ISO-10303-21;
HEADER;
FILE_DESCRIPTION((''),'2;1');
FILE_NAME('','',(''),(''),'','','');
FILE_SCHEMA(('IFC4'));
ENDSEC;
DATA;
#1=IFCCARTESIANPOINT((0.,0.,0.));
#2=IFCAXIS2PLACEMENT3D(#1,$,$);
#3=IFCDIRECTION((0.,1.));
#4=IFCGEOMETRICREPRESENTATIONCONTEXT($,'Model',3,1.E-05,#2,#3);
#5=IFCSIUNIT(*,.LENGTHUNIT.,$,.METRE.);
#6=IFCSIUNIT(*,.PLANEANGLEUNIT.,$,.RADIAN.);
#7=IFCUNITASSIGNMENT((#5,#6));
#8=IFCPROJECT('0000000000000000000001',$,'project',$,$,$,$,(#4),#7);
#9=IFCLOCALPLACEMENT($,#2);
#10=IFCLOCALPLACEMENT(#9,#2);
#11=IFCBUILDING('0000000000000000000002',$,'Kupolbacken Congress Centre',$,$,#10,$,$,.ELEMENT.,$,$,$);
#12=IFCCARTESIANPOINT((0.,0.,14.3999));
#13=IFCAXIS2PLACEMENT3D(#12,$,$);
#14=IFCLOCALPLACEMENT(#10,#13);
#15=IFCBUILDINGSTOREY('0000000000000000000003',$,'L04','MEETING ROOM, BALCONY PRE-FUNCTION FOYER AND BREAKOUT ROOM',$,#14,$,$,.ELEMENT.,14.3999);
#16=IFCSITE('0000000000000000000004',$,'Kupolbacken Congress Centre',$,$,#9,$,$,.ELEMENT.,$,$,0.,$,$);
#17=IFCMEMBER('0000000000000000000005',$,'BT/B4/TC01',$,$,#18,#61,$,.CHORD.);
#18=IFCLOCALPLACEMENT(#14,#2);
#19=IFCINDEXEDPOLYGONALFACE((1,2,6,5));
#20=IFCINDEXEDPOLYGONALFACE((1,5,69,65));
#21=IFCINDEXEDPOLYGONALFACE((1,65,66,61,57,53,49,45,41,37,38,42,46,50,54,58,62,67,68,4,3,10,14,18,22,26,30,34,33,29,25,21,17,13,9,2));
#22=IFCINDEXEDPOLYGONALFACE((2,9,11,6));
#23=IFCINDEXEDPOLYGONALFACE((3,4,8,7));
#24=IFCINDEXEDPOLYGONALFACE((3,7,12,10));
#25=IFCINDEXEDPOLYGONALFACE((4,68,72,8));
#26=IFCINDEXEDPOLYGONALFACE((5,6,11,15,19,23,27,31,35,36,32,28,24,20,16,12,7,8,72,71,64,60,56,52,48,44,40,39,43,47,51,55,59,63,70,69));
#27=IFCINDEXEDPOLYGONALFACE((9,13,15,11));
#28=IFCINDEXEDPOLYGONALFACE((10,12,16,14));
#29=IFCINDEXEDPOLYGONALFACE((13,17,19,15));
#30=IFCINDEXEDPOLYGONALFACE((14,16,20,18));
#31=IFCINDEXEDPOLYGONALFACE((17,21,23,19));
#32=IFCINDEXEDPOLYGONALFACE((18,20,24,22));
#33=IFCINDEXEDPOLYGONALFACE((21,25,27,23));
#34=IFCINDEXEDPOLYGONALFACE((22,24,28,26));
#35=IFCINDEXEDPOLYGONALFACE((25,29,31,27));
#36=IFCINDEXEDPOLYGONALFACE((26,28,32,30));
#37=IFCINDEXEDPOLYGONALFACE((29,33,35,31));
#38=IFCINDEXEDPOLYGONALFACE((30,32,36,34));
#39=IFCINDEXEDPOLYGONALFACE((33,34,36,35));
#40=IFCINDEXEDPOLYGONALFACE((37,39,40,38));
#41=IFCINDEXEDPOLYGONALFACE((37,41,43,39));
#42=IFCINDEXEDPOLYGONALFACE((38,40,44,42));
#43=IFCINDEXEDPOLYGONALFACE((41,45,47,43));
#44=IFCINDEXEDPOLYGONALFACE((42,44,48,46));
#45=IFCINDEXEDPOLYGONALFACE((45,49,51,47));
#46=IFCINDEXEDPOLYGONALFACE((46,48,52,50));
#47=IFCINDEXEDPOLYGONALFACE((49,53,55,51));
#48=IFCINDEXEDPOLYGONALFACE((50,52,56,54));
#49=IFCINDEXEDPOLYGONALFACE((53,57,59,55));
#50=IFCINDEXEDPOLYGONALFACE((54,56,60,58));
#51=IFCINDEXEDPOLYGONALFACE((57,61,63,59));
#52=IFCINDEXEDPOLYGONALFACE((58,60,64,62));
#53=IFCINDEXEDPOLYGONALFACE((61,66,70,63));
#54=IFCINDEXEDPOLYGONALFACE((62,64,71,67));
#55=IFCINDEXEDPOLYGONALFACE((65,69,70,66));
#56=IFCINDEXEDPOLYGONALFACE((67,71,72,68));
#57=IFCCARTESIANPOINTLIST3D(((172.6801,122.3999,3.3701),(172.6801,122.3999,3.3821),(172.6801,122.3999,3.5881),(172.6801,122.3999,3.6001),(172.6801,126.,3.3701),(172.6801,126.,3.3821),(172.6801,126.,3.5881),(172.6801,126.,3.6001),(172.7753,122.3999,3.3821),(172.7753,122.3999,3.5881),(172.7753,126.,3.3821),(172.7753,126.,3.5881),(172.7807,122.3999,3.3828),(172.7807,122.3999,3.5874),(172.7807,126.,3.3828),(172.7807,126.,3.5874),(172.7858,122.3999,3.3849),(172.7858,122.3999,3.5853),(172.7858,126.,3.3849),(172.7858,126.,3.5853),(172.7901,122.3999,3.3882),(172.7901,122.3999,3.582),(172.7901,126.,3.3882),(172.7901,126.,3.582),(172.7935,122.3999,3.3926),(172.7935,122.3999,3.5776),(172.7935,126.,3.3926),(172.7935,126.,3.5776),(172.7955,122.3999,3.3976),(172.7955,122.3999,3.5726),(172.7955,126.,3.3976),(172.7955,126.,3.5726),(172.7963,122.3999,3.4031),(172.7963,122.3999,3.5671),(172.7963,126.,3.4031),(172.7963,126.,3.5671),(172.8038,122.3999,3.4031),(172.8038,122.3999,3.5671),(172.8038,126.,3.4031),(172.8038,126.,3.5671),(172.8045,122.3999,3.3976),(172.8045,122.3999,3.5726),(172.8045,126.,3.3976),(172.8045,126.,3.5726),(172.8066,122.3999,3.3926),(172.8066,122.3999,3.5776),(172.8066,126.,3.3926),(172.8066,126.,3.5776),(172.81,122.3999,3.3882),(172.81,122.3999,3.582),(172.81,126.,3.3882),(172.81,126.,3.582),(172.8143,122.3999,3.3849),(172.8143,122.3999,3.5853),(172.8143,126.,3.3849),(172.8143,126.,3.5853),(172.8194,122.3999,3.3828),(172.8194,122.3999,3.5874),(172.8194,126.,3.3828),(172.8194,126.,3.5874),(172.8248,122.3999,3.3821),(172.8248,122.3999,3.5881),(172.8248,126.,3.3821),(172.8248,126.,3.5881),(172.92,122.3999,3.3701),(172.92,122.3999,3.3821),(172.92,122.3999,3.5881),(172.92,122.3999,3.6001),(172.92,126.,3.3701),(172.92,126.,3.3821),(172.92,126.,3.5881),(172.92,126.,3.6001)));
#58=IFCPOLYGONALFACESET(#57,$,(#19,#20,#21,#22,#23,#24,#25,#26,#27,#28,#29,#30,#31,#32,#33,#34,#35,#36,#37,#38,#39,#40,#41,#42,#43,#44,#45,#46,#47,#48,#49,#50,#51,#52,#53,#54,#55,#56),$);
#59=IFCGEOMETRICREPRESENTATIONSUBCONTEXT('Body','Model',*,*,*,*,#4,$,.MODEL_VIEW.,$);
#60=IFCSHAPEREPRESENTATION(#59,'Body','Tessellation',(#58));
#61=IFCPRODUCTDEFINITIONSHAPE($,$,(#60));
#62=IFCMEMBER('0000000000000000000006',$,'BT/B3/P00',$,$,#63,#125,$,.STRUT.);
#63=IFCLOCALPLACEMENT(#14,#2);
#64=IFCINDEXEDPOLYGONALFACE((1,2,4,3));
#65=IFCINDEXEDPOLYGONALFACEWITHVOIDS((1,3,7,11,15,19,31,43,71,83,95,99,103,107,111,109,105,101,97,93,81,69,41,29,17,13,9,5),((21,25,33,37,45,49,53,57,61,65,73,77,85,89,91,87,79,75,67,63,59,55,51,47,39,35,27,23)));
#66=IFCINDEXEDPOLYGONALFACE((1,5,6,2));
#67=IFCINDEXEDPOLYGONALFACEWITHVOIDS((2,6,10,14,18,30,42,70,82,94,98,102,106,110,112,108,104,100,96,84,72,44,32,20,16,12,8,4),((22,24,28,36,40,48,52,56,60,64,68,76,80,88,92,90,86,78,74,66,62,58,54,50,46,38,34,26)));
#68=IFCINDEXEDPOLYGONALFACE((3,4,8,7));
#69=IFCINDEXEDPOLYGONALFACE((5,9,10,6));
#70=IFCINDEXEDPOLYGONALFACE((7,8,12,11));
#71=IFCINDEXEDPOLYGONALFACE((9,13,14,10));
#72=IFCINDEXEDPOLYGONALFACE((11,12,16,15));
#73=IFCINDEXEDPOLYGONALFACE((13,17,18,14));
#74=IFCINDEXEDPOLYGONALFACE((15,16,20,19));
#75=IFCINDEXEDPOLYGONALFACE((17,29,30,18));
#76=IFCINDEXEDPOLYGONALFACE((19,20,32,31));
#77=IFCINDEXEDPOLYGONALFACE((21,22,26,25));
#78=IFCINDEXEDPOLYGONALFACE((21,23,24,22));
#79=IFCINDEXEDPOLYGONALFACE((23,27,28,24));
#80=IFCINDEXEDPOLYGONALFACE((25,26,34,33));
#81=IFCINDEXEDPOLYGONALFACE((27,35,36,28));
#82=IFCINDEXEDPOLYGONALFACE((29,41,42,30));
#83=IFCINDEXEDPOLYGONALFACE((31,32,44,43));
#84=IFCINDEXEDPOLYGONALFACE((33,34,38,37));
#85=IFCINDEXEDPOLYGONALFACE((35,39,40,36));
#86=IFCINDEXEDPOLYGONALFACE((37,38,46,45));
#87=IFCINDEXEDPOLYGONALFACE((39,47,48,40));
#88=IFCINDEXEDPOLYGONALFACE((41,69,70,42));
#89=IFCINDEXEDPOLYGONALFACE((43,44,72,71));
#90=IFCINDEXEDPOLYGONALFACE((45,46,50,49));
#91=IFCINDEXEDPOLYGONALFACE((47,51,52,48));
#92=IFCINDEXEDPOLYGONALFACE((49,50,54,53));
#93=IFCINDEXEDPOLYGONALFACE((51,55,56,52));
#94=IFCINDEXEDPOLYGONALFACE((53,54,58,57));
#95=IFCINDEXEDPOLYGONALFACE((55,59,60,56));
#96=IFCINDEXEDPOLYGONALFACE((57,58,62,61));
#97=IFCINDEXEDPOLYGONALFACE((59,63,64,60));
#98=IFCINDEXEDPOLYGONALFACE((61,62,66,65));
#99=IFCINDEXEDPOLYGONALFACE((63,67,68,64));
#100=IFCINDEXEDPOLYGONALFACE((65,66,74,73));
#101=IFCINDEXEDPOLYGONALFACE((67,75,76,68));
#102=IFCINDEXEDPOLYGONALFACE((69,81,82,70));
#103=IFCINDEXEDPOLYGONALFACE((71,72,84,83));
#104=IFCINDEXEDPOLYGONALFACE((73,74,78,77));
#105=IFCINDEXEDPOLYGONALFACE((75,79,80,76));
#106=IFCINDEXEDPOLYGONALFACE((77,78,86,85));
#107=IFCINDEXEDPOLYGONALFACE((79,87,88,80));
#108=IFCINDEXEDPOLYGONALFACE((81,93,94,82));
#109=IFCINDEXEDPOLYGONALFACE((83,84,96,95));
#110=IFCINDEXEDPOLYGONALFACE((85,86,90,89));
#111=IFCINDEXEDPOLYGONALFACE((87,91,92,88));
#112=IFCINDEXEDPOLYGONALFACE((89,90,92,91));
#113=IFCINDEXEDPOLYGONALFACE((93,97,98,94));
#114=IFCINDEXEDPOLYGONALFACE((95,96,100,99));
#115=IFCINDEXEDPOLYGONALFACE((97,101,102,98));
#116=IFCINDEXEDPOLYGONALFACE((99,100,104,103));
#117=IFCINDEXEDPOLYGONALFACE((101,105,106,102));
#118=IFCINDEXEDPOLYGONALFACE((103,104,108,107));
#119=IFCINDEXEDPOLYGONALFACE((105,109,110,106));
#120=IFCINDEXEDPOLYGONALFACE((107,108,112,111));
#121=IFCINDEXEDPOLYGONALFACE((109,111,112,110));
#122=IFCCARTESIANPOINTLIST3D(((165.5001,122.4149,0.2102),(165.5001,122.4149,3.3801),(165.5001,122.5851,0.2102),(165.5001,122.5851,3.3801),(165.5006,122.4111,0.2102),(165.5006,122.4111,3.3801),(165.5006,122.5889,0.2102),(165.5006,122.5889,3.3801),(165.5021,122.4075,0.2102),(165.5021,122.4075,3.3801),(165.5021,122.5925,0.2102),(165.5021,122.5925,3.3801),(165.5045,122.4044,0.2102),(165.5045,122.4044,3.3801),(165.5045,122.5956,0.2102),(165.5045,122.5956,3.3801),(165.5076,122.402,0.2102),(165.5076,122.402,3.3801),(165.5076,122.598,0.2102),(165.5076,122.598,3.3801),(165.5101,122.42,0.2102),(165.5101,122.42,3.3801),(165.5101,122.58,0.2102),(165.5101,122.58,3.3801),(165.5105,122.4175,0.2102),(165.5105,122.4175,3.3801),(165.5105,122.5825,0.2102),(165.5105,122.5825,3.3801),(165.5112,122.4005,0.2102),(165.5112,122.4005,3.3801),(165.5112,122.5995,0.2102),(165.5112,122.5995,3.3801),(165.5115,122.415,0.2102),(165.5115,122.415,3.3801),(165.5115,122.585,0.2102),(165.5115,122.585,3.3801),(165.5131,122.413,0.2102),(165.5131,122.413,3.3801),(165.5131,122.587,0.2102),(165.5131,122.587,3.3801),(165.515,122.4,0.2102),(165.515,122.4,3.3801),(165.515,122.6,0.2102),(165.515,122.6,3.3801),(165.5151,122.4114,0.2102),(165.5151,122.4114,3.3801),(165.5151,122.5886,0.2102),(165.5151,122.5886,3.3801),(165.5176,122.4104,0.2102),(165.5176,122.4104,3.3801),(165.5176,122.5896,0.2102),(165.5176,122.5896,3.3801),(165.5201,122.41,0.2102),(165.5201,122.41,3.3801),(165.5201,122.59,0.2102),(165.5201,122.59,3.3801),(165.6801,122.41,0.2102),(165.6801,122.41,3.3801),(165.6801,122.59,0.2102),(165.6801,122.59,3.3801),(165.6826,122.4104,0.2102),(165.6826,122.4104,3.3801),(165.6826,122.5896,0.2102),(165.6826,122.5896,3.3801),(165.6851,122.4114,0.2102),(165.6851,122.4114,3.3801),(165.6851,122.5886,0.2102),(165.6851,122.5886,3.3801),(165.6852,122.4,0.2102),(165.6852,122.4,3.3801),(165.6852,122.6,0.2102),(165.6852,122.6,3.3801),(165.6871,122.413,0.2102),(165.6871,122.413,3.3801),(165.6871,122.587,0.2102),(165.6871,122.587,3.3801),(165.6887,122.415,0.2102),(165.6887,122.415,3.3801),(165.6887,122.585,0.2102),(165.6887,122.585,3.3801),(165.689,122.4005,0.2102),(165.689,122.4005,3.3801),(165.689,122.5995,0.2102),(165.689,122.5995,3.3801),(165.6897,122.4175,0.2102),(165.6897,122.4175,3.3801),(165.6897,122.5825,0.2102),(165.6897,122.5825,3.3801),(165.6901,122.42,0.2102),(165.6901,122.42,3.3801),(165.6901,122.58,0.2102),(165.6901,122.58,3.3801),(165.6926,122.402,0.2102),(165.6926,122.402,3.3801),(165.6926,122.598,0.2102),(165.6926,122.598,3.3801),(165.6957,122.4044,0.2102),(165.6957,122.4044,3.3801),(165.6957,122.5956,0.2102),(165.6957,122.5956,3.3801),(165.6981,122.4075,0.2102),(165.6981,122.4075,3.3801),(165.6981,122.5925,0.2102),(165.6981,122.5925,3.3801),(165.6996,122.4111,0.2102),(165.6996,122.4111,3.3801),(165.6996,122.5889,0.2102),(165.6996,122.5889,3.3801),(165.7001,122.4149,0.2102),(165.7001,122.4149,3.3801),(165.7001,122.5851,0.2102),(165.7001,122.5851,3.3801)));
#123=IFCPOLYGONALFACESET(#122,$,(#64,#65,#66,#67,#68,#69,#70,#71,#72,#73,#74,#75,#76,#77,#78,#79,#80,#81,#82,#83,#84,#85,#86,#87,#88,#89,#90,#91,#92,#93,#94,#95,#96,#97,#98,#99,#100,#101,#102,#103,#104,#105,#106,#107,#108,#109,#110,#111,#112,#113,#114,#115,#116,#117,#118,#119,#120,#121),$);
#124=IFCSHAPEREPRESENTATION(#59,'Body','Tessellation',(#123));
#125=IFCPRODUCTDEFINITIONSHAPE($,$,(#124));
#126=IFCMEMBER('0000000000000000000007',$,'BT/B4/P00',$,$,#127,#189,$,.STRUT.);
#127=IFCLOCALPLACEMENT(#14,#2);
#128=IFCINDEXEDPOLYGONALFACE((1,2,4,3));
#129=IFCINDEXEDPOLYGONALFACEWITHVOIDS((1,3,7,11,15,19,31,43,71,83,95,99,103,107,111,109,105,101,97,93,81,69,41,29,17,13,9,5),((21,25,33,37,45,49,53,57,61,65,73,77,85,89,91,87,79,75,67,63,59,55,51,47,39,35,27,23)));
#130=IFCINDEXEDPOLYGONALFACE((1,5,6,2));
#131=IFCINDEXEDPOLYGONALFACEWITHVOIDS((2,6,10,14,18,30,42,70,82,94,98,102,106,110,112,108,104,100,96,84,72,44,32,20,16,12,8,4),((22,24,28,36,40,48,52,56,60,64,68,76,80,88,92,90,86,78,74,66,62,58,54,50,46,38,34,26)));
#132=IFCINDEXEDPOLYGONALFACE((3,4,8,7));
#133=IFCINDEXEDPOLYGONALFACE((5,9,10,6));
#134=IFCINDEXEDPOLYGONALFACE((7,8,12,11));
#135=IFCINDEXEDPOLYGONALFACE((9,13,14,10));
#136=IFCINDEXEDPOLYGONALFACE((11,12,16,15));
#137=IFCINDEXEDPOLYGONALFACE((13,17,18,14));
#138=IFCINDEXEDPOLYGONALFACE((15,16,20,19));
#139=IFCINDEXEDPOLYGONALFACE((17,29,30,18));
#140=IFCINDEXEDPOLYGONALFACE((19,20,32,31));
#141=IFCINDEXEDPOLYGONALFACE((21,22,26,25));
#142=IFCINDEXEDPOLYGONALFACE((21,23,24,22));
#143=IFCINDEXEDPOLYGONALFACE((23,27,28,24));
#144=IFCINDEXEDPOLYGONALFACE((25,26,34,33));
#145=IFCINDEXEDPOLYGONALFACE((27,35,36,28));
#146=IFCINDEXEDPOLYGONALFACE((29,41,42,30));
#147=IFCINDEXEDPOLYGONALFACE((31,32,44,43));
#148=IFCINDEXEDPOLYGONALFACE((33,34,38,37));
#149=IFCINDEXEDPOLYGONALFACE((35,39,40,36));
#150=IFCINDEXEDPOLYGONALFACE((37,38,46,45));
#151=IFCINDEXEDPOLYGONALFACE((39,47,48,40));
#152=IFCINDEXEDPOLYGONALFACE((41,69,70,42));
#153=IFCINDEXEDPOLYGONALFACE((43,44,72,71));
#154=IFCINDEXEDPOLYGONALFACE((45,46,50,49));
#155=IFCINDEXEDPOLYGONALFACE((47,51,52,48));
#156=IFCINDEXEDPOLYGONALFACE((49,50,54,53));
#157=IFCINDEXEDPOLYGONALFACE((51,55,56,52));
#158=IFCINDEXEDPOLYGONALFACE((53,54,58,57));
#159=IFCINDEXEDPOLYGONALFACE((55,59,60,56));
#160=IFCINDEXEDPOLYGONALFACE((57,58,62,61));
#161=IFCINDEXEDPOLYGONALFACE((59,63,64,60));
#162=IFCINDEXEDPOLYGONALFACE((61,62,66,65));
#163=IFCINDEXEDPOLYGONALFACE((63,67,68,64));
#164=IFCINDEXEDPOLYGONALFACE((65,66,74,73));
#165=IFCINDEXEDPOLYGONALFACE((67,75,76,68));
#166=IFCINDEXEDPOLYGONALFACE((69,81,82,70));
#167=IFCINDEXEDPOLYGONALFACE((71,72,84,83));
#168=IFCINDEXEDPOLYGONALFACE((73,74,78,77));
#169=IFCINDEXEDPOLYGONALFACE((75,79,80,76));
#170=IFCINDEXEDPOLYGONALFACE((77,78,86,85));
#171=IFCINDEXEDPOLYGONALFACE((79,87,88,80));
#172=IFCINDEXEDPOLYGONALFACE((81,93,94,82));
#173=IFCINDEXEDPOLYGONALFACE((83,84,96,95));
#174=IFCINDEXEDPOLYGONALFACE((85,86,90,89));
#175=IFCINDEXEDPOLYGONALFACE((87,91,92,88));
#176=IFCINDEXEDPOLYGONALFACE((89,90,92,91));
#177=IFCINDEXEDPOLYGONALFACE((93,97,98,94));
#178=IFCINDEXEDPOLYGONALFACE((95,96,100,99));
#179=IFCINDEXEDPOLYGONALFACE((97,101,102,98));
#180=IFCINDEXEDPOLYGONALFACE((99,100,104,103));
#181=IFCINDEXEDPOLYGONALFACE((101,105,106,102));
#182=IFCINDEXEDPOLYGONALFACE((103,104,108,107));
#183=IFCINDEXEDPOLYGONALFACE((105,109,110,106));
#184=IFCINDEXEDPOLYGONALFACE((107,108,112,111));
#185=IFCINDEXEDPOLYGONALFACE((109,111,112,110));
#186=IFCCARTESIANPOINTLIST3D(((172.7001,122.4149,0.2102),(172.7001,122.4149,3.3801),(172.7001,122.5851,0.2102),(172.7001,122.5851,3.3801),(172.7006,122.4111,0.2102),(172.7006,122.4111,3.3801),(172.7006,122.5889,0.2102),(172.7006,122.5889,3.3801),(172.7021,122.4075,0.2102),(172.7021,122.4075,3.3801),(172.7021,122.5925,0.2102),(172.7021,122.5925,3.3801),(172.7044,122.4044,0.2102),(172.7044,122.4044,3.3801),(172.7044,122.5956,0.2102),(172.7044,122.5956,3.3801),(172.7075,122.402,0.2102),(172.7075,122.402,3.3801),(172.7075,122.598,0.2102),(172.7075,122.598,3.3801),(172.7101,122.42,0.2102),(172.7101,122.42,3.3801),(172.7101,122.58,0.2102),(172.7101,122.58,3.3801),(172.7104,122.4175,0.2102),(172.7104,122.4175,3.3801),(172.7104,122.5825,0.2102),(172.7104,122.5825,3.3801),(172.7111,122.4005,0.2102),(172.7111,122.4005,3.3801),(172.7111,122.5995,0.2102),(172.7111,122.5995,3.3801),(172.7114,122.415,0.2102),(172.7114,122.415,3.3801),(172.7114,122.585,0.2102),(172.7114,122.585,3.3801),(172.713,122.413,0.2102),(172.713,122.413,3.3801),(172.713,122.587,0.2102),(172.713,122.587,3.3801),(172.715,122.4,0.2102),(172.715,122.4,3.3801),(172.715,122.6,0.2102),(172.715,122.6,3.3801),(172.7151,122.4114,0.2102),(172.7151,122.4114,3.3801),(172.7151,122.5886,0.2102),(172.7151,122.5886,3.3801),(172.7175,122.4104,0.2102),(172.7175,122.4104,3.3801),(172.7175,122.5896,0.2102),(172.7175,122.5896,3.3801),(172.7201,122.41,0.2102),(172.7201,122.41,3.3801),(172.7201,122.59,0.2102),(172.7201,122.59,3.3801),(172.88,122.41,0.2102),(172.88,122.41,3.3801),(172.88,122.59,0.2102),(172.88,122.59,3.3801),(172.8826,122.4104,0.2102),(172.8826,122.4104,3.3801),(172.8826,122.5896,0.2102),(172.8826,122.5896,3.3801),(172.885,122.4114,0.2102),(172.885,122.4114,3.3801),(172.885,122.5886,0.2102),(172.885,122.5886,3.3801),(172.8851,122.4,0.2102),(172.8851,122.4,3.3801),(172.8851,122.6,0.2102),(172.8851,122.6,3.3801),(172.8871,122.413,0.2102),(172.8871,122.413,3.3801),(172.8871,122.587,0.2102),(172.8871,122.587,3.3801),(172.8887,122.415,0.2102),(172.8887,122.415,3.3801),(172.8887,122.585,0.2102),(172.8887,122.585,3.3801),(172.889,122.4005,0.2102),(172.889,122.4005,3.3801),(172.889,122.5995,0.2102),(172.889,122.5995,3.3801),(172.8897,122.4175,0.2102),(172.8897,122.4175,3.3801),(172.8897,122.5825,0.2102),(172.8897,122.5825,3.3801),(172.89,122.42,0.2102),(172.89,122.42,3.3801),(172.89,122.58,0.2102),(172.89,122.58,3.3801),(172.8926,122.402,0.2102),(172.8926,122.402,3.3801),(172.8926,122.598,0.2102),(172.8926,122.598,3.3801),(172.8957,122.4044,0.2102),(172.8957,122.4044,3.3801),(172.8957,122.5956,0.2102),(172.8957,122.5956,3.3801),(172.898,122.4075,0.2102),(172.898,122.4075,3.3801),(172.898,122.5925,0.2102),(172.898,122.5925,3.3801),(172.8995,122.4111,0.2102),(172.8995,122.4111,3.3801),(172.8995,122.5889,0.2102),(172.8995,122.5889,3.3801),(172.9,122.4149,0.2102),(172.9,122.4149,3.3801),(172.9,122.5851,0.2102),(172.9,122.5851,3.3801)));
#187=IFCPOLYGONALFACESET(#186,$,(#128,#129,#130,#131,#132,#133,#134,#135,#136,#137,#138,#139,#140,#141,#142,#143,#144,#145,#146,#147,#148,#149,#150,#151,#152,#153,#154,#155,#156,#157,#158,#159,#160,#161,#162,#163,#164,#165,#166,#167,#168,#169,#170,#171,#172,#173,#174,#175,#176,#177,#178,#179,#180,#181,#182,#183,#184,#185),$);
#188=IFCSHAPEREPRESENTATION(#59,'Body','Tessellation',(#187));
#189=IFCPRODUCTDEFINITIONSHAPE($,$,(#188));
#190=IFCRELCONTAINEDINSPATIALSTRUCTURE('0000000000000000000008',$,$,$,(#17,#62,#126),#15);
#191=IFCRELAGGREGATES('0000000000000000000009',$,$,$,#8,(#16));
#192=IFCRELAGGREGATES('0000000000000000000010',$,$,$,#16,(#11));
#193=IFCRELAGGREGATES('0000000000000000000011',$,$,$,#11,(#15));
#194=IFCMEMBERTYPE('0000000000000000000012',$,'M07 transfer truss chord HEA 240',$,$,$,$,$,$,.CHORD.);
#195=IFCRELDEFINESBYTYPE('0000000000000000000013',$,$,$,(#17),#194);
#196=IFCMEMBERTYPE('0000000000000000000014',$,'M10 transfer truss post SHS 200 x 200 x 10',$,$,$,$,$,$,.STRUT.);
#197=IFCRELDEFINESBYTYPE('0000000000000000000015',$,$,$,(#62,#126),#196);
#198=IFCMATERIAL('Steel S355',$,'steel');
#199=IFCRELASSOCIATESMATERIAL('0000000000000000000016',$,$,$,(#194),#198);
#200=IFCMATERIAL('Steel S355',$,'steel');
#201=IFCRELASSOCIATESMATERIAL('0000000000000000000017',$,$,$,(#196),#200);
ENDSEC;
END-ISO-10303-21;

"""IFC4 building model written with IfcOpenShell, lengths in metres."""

from ifc_helpers import new_model, si_unit, direction, frame, origin, origin_2d, place, context, subcontext, project, spatial, hollow_rectangle, i_section, extrude, material, material_profile, profile_set, type_object, element, save


model = new_model("IFC4")

# Units and contexts
model_context = context("Model", 3, precision=1e-05, world=origin(), true_north=direction((0.0, 1.0)))
body_context = subcontext(model_context, "Body", "Model", "MODEL_VIEW")
ifc_project = project(units=[si_unit("LENGTHUNIT", "METRE"), si_unit("PLANEANGLEUNIT", "RADIAN")], contexts=[model_context])

# Site, building, storey
site_placement = place(None, origin())
site = spatial("IfcSite", under=ifc_project, at=site_placement, Name="Kupolbacken Congress Centre", CompositionType="ELEMENT", RefElevation=0.0)
building_placement = place(site_placement, origin())
building = spatial("IfcBuilding", under=site, at=building_placement, Name="Kupolbacken Congress Centre", CompositionType="ELEMENT")
storey_placement = place(building_placement, frame((0.0, 0.0, 14.3999)))
storey = spatial("IfcBuildingStorey", under=building, at=storey_placement, Name="L04", Description="MEETING ROOM, BALCONY PRE-FUNCTION FOYER AND BREAKOUT ROOM", CompositionType="ELEMENT", Elevation=14.3999)

# Members
ifc_material_1 = material(Name="Steel S355", Category="steel")
ifc_material_profile_1 = material_profile(ifc_material_1, i_section(OverallWidth=0.24, OverallDepth=0.23, WebThickness=0.0076, FlangeThickness=0.012, FilletRadius=0.021, at=origin_2d()), Name="HEA 240")
ifc_profile_set_1 = profile_set([ifc_material_profile_1], Name="Steel S355")
member_type_1 = type_object("IfcMemberType", Name="M07 transfer truss chord HEA 240", PredefinedType="CHORD", material=ifc_profile_set_1)
for number, where, z_axis, x_axis, name in (
    (1, (172.8, 122.3999, 3.4851), (0.0, 1.0, 0.0), (-1.0, 0.0, 0.0), "BT/B4/TC01"),
):
    element("IfcMember", number, at=place(storey_placement, frame(where, z_axis=z_axis, x_axis=x_axis)), inside=storey, type_object=member_type_1, Name=name, PredefinedType="CHORD", context=body_context, shape_type="SweptSolid", body=[
        extrude(i_section(OverallWidth=0.24, OverallDepth=0.23, WebThickness=0.0076, FlangeThickness=0.012, FilletRadius=0.021, at=origin_2d()), origin(), (0.0, 0.0, 1.0), 3.6001),
    ])
ifc_material_2 = material(Name="Steel S355", Category="steel")
ifc_material_profile_2 = material_profile(ifc_material_2, hollow_rectangle(XDim=0.2, YDim=0.2, WallThickness=0.01, InnerFilletRadius=0.01, OuterFilletRadius=0.0149, at=origin_2d()), Name="SHS 200 x 200 x 10")
ifc_profile_set_2 = profile_set([ifc_material_profile_2], Name="Steel S355")
member_type_2 = type_object("IfcMemberType", Name="M10 transfer truss post SHS 200 x 200 x 10", PredefinedType="STRUT", material=ifc_profile_set_2)
for number, where, z_axis, x_axis, name in (
    (2, (165.6001, 122.5, 0.2102), (0.0, 0.0, 1.0), (0.0, 1.0, 0.0), "BT/B3/P00"),
    (3, (172.8, 122.5, 0.2102), (0.0, 0.0, 1.0), (0.0, 1.0, 0.0), "BT/B4/P00"),
):
    element("IfcMember", number, at=place(storey_placement, frame(where, z_axis=z_axis, x_axis=x_axis)), inside=storey, type_object=member_type_2, Name=name, PredefinedType="STRUT", context=body_context, shape_type="SweptSolid", body=[
        extrude(hollow_rectangle(XDim=0.2, YDim=0.2, WallThickness=0.01, InnerFilletRadius=0.01, OuterFilletRadius=0.0149, at=origin_2d()), origin(), (0.0, 0.0, 1.0), 3.1699),
    ])

save(model, "model.ifc")
